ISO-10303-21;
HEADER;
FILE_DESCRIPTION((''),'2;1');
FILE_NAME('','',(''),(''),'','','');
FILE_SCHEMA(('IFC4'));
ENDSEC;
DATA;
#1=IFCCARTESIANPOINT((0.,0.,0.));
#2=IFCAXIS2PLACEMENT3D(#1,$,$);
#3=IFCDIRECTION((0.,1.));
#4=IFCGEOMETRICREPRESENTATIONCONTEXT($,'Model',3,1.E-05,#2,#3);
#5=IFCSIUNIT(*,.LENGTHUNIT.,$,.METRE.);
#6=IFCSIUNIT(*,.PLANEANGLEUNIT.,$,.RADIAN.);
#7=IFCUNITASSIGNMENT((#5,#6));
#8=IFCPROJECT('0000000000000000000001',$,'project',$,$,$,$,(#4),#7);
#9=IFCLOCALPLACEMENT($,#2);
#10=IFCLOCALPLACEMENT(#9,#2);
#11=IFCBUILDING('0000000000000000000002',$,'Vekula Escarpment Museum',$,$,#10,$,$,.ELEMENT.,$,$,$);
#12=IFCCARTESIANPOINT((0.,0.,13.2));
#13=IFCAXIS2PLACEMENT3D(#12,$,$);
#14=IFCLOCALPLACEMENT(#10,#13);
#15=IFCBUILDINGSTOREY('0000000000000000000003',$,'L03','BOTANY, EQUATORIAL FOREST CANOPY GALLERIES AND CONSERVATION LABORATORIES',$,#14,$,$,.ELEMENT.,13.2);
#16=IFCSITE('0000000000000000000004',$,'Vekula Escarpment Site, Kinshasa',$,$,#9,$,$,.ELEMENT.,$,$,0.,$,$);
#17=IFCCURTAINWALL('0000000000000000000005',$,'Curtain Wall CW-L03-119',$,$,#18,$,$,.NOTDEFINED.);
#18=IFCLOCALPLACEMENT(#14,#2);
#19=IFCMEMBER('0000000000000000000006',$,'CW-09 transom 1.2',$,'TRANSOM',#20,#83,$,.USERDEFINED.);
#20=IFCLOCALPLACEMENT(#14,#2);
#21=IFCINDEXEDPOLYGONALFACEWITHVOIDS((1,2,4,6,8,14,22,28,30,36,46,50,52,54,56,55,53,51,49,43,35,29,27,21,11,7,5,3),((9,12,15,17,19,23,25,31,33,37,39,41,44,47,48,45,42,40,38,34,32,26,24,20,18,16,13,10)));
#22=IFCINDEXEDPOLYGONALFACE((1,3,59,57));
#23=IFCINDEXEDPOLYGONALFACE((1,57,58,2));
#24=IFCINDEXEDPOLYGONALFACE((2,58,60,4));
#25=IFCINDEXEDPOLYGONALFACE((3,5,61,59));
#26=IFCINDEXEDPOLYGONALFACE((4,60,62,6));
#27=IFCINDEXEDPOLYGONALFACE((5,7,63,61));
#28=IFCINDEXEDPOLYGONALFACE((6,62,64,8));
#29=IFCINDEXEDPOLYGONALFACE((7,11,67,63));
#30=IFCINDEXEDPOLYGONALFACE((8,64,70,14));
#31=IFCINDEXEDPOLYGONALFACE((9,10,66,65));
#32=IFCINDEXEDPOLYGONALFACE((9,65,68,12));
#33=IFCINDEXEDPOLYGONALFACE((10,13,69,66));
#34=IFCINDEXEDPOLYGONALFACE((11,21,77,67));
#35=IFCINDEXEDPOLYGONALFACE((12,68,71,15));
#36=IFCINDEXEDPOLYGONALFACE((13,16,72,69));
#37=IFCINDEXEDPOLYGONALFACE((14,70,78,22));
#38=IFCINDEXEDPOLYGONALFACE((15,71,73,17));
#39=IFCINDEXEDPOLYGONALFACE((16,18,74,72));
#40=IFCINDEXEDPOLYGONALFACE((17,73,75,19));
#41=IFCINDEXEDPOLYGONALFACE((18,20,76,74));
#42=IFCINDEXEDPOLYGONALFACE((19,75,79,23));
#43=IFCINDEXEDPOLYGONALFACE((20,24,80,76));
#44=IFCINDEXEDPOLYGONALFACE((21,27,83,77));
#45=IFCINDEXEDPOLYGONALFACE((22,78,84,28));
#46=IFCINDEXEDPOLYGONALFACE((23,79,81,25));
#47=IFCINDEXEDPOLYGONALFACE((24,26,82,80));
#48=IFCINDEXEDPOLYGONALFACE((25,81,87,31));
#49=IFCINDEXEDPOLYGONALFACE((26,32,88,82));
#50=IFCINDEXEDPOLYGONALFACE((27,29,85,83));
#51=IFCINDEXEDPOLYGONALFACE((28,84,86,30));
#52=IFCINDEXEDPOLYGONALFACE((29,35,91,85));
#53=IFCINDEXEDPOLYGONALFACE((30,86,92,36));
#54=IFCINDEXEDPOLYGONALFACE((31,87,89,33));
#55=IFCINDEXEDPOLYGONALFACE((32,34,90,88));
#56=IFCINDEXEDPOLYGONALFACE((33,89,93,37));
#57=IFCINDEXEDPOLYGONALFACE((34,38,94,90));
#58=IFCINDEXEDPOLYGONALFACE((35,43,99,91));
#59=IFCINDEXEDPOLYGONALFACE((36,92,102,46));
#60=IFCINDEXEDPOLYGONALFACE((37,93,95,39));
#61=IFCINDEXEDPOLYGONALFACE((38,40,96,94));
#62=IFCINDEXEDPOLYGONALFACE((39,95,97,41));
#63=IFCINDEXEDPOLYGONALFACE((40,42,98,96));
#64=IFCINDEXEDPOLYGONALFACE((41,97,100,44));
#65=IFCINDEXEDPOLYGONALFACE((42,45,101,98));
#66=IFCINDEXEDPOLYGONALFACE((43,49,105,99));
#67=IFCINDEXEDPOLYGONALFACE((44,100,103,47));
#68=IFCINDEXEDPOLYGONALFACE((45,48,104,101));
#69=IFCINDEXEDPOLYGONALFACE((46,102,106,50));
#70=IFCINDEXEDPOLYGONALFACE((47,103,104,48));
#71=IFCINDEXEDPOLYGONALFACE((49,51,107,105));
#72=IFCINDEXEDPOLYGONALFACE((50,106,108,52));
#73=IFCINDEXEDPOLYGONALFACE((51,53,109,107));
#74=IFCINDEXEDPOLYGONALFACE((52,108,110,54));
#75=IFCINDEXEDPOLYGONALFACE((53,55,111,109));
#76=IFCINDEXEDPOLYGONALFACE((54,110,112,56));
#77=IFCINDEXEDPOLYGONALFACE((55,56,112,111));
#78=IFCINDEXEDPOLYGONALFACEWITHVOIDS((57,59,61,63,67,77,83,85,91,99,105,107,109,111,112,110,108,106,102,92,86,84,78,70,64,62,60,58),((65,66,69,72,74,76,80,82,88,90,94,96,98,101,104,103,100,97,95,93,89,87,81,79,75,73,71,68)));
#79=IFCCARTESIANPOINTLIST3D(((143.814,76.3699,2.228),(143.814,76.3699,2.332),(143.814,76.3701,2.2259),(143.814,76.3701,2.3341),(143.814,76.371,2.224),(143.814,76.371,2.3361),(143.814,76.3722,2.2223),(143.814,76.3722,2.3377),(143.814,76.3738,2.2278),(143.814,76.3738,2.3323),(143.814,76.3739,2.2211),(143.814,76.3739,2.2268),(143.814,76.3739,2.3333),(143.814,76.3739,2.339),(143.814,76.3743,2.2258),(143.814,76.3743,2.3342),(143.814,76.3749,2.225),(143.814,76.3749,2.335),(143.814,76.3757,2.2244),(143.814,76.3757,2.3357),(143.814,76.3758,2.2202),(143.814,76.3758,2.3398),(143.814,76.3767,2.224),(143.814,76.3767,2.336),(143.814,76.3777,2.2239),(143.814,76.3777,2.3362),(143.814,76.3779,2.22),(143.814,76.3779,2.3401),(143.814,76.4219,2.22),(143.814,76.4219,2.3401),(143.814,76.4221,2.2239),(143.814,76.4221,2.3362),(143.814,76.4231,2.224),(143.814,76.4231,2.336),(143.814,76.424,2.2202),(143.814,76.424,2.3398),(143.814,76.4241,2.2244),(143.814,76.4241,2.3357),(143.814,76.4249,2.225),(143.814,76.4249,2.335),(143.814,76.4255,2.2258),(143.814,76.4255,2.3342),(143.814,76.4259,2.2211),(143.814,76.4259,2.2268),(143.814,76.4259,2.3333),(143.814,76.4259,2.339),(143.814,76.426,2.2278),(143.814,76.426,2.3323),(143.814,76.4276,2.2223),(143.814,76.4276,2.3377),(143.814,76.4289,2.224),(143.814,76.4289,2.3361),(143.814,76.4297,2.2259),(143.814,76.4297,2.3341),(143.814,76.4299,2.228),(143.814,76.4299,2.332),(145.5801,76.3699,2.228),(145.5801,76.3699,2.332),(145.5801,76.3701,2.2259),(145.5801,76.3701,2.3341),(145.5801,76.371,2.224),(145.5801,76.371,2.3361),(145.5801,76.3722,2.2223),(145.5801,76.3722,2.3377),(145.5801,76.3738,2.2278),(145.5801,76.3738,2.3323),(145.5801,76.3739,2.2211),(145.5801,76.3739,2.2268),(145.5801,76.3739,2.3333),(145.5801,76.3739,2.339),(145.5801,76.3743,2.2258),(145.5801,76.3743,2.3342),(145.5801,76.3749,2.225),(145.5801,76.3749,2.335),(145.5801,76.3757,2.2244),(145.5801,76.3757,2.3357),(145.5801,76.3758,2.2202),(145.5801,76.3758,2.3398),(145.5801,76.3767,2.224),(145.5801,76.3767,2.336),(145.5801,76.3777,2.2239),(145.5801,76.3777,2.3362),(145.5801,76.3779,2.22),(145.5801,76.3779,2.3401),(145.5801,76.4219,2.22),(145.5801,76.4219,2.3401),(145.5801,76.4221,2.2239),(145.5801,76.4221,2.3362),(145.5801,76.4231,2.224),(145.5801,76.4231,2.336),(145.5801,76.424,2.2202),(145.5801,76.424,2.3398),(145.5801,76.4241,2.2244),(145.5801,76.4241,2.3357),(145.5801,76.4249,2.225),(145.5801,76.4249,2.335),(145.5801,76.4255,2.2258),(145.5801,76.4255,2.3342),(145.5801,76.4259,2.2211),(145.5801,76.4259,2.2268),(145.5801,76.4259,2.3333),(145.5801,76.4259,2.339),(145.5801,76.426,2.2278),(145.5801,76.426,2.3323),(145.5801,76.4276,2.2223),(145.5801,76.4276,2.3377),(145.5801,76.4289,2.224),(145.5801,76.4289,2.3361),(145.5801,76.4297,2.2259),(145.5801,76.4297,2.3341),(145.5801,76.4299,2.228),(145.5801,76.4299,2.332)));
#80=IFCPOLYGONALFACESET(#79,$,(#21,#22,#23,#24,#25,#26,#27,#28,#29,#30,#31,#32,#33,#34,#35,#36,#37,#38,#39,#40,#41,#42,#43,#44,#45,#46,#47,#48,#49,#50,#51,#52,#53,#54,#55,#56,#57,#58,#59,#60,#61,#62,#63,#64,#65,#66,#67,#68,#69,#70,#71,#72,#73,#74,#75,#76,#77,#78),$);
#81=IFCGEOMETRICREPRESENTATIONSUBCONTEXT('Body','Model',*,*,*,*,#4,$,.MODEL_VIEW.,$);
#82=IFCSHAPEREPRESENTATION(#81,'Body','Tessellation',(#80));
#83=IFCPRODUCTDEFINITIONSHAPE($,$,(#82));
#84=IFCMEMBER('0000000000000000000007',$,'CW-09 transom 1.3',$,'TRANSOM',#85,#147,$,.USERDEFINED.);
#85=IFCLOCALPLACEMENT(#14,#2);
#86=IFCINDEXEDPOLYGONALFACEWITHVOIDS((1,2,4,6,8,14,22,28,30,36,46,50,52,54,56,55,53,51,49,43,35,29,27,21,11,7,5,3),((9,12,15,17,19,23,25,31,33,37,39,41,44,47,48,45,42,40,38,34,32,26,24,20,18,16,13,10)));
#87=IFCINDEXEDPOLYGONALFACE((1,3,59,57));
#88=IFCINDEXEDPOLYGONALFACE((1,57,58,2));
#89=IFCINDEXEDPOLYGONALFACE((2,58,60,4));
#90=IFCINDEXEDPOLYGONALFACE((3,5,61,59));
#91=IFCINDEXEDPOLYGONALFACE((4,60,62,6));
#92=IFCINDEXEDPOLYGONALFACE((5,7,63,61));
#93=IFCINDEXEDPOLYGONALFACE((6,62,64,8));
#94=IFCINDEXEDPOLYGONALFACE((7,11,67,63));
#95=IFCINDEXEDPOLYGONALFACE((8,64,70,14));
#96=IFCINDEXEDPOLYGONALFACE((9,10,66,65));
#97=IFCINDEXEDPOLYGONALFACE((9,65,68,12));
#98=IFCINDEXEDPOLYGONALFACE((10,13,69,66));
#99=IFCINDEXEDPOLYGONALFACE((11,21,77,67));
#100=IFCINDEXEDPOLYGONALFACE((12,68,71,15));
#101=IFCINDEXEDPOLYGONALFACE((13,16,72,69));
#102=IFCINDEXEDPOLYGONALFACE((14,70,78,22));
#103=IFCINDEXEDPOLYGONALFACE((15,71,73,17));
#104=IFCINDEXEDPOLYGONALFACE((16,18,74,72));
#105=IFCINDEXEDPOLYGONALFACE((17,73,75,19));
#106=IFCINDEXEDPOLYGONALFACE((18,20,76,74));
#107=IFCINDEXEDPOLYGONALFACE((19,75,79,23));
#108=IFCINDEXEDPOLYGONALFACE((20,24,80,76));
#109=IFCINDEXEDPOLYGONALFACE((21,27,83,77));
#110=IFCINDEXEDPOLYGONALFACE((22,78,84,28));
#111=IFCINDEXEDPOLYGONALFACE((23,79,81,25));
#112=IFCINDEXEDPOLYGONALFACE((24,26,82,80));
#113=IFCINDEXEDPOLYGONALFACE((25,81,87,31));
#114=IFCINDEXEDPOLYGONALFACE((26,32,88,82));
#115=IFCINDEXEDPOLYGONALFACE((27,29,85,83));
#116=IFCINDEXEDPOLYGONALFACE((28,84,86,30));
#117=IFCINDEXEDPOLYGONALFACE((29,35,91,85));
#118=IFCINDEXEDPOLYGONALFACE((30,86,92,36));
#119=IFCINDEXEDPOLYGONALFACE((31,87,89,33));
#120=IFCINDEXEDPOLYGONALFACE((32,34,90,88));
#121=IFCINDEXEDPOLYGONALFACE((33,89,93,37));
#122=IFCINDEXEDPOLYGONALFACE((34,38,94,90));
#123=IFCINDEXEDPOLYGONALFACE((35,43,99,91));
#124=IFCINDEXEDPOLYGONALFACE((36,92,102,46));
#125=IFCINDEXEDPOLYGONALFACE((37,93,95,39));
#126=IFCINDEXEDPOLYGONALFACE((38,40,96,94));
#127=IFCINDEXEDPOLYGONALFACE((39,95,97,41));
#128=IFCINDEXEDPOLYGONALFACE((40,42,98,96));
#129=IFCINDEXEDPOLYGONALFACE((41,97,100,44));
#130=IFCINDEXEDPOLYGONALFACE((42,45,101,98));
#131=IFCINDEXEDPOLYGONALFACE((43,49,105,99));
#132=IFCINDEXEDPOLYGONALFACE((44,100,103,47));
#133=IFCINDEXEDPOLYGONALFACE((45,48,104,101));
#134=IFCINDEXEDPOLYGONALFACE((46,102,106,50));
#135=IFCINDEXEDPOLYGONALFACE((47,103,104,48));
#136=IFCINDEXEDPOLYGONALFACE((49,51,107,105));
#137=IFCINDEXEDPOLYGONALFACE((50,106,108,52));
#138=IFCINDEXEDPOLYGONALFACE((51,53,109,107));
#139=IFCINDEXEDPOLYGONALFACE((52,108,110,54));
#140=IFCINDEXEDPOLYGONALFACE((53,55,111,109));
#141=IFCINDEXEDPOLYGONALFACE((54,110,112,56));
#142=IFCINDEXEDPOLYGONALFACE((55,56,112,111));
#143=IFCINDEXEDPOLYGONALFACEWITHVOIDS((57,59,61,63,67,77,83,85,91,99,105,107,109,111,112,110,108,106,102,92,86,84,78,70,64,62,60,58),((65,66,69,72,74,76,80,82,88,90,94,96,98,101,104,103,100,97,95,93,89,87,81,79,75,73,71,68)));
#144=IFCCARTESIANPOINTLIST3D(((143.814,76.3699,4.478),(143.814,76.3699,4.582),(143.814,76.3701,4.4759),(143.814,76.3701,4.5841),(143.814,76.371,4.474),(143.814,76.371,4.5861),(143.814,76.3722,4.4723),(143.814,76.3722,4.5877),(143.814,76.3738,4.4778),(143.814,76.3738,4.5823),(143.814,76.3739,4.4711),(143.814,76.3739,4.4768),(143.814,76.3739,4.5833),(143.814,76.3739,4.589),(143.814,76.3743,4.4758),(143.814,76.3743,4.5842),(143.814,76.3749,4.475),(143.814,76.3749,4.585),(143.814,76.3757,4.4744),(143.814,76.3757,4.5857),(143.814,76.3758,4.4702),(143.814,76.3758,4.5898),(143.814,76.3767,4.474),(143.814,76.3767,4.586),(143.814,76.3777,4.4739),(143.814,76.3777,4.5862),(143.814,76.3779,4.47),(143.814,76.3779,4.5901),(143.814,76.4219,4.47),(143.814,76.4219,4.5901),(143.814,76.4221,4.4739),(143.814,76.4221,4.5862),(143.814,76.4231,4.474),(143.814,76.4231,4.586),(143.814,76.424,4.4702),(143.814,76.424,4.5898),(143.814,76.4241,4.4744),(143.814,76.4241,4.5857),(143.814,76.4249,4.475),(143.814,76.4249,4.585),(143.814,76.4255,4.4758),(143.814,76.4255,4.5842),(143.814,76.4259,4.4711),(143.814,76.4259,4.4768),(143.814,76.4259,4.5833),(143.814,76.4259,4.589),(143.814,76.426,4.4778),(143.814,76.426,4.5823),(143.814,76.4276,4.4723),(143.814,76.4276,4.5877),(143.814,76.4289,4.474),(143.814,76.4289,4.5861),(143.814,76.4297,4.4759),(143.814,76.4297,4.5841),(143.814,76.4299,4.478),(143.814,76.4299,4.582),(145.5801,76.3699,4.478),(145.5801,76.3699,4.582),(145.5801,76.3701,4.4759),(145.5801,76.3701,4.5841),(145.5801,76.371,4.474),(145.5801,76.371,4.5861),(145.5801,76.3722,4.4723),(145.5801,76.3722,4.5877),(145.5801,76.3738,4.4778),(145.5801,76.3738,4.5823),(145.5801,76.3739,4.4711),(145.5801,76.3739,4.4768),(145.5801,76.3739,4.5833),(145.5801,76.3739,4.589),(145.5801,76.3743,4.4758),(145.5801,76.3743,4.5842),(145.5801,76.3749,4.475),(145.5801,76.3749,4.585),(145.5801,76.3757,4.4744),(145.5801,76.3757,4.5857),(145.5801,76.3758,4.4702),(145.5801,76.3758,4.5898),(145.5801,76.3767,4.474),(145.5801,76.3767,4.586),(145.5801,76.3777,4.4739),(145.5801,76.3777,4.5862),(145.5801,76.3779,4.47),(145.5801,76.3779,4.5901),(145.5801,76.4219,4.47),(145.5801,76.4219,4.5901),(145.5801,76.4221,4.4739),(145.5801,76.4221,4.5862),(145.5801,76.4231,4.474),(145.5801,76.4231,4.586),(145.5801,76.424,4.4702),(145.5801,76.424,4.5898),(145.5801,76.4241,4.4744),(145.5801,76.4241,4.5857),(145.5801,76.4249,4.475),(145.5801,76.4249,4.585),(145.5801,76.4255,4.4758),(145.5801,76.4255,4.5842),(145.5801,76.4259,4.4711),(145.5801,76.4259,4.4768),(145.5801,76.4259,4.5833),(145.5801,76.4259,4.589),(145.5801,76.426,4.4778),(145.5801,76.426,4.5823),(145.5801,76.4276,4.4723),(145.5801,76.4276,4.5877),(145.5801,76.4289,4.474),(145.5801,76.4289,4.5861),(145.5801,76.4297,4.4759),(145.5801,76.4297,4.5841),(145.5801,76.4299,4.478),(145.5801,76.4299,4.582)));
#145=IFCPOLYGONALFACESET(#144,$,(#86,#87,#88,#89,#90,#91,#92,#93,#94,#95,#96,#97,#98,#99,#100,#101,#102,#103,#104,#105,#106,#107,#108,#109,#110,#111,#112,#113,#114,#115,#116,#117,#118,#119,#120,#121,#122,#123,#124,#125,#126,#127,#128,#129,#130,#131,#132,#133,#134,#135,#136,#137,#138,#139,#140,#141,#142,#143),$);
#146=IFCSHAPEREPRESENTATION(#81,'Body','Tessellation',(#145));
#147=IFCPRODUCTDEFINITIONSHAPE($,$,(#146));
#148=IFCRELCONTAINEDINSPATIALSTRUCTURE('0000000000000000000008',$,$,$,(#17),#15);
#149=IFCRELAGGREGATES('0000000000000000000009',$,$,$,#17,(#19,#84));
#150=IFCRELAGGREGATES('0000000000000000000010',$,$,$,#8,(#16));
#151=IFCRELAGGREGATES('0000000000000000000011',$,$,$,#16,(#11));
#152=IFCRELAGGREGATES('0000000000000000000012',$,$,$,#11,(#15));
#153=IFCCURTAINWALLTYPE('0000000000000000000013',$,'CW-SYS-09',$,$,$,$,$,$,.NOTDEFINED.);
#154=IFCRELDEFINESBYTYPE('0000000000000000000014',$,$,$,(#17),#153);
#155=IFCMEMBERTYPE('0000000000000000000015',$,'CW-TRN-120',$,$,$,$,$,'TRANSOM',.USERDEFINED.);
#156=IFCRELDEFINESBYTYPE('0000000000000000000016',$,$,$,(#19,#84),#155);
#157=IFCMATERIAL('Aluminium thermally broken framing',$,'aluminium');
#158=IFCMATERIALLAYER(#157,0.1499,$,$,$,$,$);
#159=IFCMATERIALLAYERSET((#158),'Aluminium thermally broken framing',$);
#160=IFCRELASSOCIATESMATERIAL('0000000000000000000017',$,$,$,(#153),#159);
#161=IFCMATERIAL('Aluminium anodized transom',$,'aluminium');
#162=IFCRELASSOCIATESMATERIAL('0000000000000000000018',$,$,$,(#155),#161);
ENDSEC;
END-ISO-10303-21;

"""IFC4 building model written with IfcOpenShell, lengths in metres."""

from ifc_helpers import new_model, si_unit, direction, frame, origin, origin_2d, place, context, subcontext, project, spatial, hollow_rectangle, extrude, material, layer, layer_set, material_profile, profile_set, type_object, element, aggregate, save


model = new_model("IFC4")

# Units and contexts
model_context = context("Model", 3, precision=1e-05, world=origin(), true_north=direction((0.0, 1.0)))
body_context = subcontext(model_context, "Body", "Model", "MODEL_VIEW")
ifc_project = project(units=[si_unit("LENGTHUNIT", "METRE"), si_unit("PLANEANGLEUNIT", "RADIAN")], contexts=[model_context])

# Site, building, storey
site_placement = place(None, origin())
site = spatial("IfcSite", under=ifc_project, at=site_placement, Name="Vekula Escarpment Site, Kinshasa", CompositionType="ELEMENT", RefElevation=0.0)
building_placement = place(site_placement, origin())
building = spatial("IfcBuilding", under=site, at=building_placement, Name="Vekula Escarpment Museum", CompositionType="ELEMENT")
storey_placement = place(building_placement, frame((0.0, 0.0, 13.2)))
storey = spatial("IfcBuildingStorey", under=building, at=storey_placement, Name="L03", Description="BOTANY, EQUATORIAL FOREST CANOPY GALLERIES AND CONSERVATION LABORATORIES", CompositionType="ELEMENT", Elevation=13.2)

# Curtain wall
ifc_material_1 = material(Name="Aluminium thermally broken framing", Category="aluminium")
ifc_layer_1 = layer(ifc_material_1, 0.1499)
ifc_layer_set_1 = layer_set([ifc_layer_1], Name="Aluminium thermally broken framing")
curtain_wall_type_1 = type_object("IfcCurtainWallType", Name="CW-SYS-09", PredefinedType="NOTDEFINED", material=ifc_layer_set_1)
curtain_wall_1_placement = place(storey_placement, origin())
curtain_wall_1 = element("IfcCurtainWall", 1, at=curtain_wall_1_placement, inside=storey, type_object=curtain_wall_type_1, Name="Curtain Wall CW-L03-119", PredefinedType="NOTDEFINED")

# Members
ifc_material_2 = material(Name="Aluminium anodized transom", Category="aluminium")
ifc_material_profile_1 = material_profile(ifc_material_2, hollow_rectangle(XDim=0.0601, YDim=0.1201, WallThickness=0.0039, InnerFilletRadius=0.0039, OuterFilletRadius=0.0081, at=origin_2d()), Name="ALU 120x60x4")
ifc_profile_set_1 = profile_set([ifc_material_profile_1], Name="Aluminium anodized transom")
member_type_1 = type_object("IfcMemberType", Name="CW-TRN-120", ElementType="TRANSOM", PredefinedType="USERDEFINED", material=ifc_profile_set_1)
member_1_placement = place(storey_placement, frame((145.5801, 76.3999, 2.28), z_axis=(-1.0, 0.0, 0.0), x_axis=(0.0, -1.0, 0.0)))
member_1 = element("IfcMember", 2, at=member_1_placement, type_object=member_type_1, Name="CW-09 transom 1.2", ObjectType="TRANSOM", PredefinedType="USERDEFINED", context=body_context, shape_type="SweptSolid", body=[
    extrude(hollow_rectangle(XDim=0.0601, YDim=0.1201, WallThickness=0.0039, InnerFilletRadius=0.0039, OuterFilletRadius=0.0081, at=origin_2d()), origin(), (0.0, 0.0, 1.0), 1.7661),
])
member_2_placement = place(storey_placement, frame((145.5801, 76.3999, 4.53), z_axis=(-1.0, 0.0, 0.0), x_axis=(0.0, -1.0, 0.0)))
member_2 = element("IfcMember", 3, at=member_2_placement, type_object=member_type_1, Name="CW-09 transom 1.3", ObjectType="TRANSOM", PredefinedType="USERDEFINED", context=body_context, shape_type="SweptSolid", body=[
    extrude(hollow_rectangle(XDim=0.0601, YDim=0.1201, WallThickness=0.0039, InnerFilletRadius=0.0039, OuterFilletRadius=0.0081, at=origin_2d()), origin(), (0.0, 0.0, 1.0), 1.7661),
])

aggregate(curtain_wall_1, [member_1, member_2])

save(model, "model.ifc")
